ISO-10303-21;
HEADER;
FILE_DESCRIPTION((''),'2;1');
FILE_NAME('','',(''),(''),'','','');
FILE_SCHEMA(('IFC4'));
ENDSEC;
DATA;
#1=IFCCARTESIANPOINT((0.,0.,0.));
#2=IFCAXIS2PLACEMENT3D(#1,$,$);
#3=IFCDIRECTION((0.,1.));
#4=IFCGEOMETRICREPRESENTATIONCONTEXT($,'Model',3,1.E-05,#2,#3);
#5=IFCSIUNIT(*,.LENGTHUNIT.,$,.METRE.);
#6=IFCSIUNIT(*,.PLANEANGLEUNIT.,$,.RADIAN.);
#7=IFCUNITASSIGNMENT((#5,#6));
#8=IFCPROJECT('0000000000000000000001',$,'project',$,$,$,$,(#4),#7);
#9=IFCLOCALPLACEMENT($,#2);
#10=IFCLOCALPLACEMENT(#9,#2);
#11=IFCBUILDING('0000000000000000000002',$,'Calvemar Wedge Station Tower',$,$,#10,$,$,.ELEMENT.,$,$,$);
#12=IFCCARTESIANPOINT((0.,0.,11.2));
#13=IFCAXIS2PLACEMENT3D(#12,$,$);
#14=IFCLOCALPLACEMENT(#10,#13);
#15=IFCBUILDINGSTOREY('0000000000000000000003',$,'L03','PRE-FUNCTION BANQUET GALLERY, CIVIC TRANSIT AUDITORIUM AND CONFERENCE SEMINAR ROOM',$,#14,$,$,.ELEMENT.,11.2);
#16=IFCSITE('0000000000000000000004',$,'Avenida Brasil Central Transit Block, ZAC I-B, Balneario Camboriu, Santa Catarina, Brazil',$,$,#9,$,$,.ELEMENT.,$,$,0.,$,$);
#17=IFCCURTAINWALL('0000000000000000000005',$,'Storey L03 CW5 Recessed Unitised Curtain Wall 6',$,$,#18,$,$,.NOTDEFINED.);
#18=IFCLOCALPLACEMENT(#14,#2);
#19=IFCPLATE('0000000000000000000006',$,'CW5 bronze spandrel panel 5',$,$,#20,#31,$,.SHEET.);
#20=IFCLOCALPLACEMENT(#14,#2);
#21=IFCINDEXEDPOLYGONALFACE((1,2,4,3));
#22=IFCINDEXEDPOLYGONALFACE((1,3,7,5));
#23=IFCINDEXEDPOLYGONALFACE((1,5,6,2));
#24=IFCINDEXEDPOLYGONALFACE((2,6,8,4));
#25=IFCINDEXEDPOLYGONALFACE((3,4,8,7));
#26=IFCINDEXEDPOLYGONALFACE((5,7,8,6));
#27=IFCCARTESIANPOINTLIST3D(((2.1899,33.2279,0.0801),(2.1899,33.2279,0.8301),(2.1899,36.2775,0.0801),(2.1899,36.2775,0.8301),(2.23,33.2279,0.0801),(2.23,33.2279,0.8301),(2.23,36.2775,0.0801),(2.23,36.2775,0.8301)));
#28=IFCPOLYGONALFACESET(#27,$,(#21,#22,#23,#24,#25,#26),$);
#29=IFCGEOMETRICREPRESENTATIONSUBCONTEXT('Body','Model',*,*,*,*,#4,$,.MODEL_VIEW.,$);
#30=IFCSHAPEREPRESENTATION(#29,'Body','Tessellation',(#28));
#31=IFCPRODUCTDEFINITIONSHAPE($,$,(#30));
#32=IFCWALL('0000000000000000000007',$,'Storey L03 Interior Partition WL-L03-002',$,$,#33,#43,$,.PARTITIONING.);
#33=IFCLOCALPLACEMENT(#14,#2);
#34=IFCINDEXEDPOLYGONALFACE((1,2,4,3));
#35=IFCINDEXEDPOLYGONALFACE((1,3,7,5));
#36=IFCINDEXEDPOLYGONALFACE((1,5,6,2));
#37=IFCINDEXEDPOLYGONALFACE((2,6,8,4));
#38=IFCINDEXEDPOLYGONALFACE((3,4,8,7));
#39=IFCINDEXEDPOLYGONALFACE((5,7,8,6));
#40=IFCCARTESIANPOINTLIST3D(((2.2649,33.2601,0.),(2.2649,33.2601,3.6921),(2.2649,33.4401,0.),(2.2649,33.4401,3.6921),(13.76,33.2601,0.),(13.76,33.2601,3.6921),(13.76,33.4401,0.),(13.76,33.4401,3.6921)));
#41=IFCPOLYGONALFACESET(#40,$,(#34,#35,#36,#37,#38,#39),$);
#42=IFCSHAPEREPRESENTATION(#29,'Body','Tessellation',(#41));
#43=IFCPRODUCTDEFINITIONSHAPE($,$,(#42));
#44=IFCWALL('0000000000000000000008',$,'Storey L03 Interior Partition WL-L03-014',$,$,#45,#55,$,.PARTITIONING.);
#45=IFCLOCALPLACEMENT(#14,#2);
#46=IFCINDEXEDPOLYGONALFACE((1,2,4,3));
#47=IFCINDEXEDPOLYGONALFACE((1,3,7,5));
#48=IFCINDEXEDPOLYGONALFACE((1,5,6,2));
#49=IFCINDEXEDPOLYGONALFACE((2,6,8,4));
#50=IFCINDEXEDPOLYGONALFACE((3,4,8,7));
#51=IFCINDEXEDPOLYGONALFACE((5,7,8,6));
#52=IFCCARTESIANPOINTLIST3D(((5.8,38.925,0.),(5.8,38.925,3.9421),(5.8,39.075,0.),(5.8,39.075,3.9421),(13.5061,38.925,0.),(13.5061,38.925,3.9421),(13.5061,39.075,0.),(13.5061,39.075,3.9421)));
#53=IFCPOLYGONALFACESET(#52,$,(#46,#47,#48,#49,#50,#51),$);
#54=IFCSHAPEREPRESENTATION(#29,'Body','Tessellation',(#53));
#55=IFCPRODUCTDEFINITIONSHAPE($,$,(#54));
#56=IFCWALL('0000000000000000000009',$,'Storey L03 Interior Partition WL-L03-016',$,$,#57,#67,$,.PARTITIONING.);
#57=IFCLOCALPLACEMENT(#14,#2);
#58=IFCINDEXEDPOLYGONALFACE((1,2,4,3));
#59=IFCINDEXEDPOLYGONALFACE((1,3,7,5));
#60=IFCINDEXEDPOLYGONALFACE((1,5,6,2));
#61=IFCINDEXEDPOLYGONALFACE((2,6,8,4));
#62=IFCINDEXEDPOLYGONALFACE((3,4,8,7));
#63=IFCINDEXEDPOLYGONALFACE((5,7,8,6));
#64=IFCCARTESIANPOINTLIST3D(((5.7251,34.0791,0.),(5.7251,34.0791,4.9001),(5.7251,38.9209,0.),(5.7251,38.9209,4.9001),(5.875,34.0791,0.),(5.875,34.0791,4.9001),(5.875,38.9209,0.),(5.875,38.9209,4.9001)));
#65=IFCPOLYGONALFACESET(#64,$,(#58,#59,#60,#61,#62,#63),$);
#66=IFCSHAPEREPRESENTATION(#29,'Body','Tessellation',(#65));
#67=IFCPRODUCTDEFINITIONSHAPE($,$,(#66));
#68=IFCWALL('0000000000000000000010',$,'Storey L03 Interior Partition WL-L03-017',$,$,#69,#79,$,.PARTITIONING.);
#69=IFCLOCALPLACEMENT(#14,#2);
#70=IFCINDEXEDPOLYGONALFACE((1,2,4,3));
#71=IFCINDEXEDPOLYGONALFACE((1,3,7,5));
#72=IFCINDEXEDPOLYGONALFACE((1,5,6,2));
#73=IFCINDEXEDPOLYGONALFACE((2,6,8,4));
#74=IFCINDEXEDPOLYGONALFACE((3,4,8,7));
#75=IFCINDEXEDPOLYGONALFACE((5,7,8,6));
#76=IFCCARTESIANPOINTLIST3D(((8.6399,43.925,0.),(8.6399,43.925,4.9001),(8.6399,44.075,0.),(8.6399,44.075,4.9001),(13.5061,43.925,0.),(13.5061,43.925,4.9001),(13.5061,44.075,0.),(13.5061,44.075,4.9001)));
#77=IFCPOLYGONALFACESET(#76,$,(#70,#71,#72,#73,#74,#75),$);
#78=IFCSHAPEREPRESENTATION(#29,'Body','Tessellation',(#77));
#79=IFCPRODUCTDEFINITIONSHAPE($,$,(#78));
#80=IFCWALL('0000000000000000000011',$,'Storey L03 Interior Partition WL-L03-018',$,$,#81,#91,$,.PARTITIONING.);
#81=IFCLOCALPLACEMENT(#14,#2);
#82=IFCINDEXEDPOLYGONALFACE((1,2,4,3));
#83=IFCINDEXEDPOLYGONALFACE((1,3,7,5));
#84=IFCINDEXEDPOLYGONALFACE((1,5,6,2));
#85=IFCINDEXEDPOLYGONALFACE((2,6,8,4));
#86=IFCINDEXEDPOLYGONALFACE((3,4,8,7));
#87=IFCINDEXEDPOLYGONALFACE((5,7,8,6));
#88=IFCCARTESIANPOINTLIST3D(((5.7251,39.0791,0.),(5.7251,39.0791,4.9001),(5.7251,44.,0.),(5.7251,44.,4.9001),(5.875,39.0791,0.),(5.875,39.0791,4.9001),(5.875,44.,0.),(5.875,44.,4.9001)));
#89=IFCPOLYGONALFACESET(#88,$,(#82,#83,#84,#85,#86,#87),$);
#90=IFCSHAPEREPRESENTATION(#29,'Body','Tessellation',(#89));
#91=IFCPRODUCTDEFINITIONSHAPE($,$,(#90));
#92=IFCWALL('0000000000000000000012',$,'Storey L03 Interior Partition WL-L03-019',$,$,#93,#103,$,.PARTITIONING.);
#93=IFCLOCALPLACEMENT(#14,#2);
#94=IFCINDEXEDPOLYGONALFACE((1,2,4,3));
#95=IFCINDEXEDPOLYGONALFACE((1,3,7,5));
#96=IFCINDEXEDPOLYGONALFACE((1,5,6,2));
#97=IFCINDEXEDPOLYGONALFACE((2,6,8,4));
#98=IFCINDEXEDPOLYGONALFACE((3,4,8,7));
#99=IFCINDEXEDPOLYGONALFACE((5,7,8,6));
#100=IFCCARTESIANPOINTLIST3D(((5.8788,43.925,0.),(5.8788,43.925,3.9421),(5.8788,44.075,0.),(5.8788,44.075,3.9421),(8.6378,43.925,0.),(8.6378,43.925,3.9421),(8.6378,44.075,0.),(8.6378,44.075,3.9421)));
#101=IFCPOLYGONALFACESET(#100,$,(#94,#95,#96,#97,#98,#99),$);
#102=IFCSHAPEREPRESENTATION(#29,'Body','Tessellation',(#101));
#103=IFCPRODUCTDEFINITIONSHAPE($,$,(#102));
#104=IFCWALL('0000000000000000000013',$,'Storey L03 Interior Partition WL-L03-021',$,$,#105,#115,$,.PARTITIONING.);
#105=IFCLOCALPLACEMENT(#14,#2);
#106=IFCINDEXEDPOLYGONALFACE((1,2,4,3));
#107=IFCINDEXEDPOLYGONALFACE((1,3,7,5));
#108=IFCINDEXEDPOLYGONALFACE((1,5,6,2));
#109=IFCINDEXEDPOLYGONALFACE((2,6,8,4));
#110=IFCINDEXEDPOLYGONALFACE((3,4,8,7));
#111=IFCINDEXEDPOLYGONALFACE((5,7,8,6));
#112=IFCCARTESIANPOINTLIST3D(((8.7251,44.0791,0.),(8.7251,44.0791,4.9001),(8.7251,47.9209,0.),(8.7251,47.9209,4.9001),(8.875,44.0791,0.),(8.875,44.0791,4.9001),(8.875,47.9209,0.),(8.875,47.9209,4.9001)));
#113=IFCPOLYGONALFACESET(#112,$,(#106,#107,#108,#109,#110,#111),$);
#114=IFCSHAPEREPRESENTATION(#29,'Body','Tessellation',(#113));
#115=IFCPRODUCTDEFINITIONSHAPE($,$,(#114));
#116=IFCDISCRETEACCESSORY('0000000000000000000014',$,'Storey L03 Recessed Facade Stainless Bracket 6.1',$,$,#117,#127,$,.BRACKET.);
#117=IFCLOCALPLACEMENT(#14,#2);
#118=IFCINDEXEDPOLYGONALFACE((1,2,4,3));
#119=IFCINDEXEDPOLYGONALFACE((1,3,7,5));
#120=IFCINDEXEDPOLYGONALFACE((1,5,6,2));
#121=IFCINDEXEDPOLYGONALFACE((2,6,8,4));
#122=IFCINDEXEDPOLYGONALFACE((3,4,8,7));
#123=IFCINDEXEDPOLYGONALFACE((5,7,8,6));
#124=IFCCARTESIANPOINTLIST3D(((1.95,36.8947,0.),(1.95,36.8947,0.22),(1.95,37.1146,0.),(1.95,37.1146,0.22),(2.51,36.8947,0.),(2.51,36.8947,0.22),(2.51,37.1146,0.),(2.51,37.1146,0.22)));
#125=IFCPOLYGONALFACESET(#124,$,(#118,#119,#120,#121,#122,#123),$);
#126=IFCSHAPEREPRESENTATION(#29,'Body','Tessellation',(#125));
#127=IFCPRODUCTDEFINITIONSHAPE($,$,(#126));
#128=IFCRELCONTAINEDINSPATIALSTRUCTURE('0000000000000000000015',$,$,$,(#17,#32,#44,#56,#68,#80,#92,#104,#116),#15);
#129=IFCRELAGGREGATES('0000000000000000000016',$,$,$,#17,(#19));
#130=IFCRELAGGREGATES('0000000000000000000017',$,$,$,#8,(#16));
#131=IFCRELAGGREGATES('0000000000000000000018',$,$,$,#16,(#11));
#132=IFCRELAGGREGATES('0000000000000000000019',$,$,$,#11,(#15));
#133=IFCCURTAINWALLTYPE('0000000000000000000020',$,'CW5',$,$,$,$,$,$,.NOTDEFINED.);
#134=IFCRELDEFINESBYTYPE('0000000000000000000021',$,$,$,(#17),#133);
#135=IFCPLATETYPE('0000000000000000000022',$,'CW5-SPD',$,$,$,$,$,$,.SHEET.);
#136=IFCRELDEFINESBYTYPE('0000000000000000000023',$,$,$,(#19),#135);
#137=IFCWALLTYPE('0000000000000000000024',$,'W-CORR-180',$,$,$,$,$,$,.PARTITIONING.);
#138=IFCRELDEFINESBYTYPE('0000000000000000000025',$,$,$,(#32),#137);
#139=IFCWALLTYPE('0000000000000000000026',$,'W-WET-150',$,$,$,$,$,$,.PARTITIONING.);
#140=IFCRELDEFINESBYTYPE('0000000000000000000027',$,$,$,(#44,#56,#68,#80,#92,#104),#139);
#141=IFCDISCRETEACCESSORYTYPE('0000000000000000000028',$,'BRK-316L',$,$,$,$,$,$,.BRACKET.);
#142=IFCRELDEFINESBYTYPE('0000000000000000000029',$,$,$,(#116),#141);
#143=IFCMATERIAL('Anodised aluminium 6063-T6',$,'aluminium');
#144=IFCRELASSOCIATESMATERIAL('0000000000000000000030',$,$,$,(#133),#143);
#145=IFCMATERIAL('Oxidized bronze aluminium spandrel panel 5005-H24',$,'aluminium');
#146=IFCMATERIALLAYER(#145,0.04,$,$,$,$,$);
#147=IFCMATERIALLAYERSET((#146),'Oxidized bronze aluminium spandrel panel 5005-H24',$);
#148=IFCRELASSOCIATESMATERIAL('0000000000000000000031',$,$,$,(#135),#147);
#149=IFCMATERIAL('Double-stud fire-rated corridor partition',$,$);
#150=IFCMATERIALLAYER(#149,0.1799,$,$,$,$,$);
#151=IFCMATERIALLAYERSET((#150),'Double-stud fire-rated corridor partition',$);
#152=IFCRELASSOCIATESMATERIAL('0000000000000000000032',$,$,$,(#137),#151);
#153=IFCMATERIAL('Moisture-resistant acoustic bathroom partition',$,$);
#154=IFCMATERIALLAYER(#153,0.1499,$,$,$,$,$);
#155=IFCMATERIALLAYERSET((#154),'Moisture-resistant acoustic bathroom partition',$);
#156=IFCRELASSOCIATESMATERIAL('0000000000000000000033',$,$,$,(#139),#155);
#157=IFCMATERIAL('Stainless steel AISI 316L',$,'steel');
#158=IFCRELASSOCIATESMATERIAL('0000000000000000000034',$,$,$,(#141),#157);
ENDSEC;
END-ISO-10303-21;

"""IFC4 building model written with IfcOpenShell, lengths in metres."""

from ifc_helpers import new_model, si_unit, direction, frame, frame_2d, origin, origin_2d, place, context, subcontext, project, spatial, rectangle, extrude, source, transform, mapped, material, layer, layer_set, type_object, element, aggregate, save


model = new_model("IFC4")

# Units and contexts
model_context = context("Model", 3, precision=1e-05, world=origin(), true_north=direction((0.0, 1.0)))
body_context = subcontext(model_context, "Body", "Model", "MODEL_VIEW")
ifc_project = project(units=[si_unit("LENGTHUNIT", "METRE"), si_unit("PLANEANGLEUNIT", "RADIAN")], contexts=[model_context])

# Site, building, storey
site_placement = place(None, origin())
site = spatial("IfcSite", under=ifc_project, at=site_placement, Name="Avenida Brasil Central Transit Block, ZAC I-B, Balneario Camboriu, Santa Catarina, Brazil", CompositionType="ELEMENT", RefElevation=0.0)
building_placement = place(site_placement, origin())
building = spatial("IfcBuilding", under=site, at=building_placement, Name="Calvemar Wedge Station Tower", CompositionType="ELEMENT")
storey_placement = place(building_placement, frame((0.0, 0.0, 11.2)))
storey = spatial("IfcBuildingStorey", under=building, at=storey_placement, Name="L03", Description="PRE-FUNCTION BANQUET GALLERY, CIVIC TRANSIT AUDITORIUM AND CONFERENCE SEMINAR ROOM", CompositionType="ELEMENT", Elevation=11.2)

# Curtain wall, plate
ifc_material_1 = material(Name="Anodised aluminium 6063-T6", Category="aluminium")
curtain_wall_type = type_object("IfcCurtainWallType", Name="CW5", PredefinedType="NOTDEFINED", material=ifc_material_1)
curtain_wall_placement = place(storey_placement, origin())
curtain_wall = element("IfcCurtainWall", 1, at=curtain_wall_placement, inside=storey, type_object=curtain_wall_type, Name="Storey L03 CW5 Recessed Unitised Curtain Wall 6", PredefinedType="NOTDEFINED")
ifc_material_2 = material(Name="Oxidized bronze aluminium spandrel panel 5005-H24", Category="aluminium")
ifc_layer_1 = layer(ifc_material_2, 0.04)
ifc_layer_set_1 = layer_set([ifc_layer_1], Name="Oxidized bronze aluminium spandrel panel 5005-H24")
plate_type_1 = type_object("IfcPlateType", Name="CW5-SPD", PredefinedType="SHEET", material=ifc_layer_set_1)
plate_1_placement = place(storey_placement, frame((2.21, 36.2776, 0.0801), z_axis=(0.0, 0.0, 1.0), x_axis=(0.0, -1.0, 0.0)))
plate_1 = element("IfcPlate", 2, at=plate_1_placement, type_object=plate_type_1, Name="CW5 bronze spandrel panel 5", PredefinedType="SHEET", context=body_context, shape_type="SweptSolid", body=[
    extrude(rectangle(XDim=3.0496, YDim=0.04, at=frame_2d((1.5249, 0.0))), origin(), (0.0, 0.0, 1.0), 0.75),
])
aggregate(curtain_wall, [plate_1])

# Walls
ifc_material_3 = material(Name="Double-stud fire-rated corridor partition")
ifc_layer_2 = layer(ifc_material_3, 0.1799)
ifc_layer_set_2 = layer_set([ifc_layer_2], Name="Double-stud fire-rated corridor partition")
wall_type_1 = type_object("IfcWallType", Name="W-CORR-180", PredefinedType="PARTITIONING", material=ifc_layer_set_2)
wall_1_placement = place(storey_placement, frame((2.2649, 33.3501, 0.0), z_axis=(0.0, 0.0, 1.0), x_axis=(1.0, 0.0, 0.0)))
element("IfcWall", 3, at=wall_1_placement, inside=storey, type_object=wall_type_1, Name="Storey L03 Interior Partition WL-L03-002", PredefinedType="PARTITIONING", context=body_context, shape_type="SweptSolid", body=[
    extrude(rectangle(XDim=11.4951, YDim=0.1799, at=frame_2d((5.7476, 0.0))), origin(), (0.0, 0.0, 1.0), 3.6921),
])
ifc_material_4 = material(Name="Moisture-resistant acoustic bathroom partition")
ifc_layer_3 = layer(ifc_material_4, 0.1499)
ifc_layer_set_3 = layer_set([ifc_layer_3], Name="Moisture-resistant acoustic bathroom partition")
wall_type_2 = type_object("IfcWallType", Name="W-WET-150", PredefinedType="PARTITIONING", material=ifc_layer_set_3)
wall_2_placement = place(storey_placement, frame((5.8, 39.0, 0.0), z_axis=(0.0, 0.0, 1.0), x_axis=(1.0, 0.0, 0.0)))
element("IfcWall", 4, at=wall_2_placement, inside=storey, type_object=wall_type_2, Name="Storey L03 Interior Partition WL-L03-014", PredefinedType="PARTITIONING", context=body_context, shape_type="SweptSolid", body=[
    extrude(rectangle(XDim=7.7061, YDim=0.1499, at=frame_2d((3.853, 0.0))), origin(), (0.0, 0.0, 1.0), 3.9421),
])
wall_3_placement = place(storey_placement, frame((5.8, 34.0791, 0.0), z_axis=(0.0, 0.0, 1.0), x_axis=(0.0, 1.0, 0.0)))
element("IfcWall", 5, at=wall_3_placement, inside=storey, type_object=wall_type_2, Name="Storey L03 Interior Partition WL-L03-016", PredefinedType="PARTITIONING", context=body_context, shape_type="SweptSolid", body=[
    extrude(rectangle(XDim=4.8418, YDim=0.1499, at=frame_2d((2.4209, 0.0))), origin(), (0.0, 0.0, 1.0), 4.9001),
])
wall_4_placement = place(storey_placement, frame((8.6399, 44.0, 0.0), z_axis=(0.0, 0.0, 1.0), x_axis=(1.0, 0.0, 0.0)))
element("IfcWall", 6, at=wall_4_placement, inside=storey, type_object=wall_type_2, Name="Storey L03 Interior Partition WL-L03-017", PredefinedType="PARTITIONING", context=body_context, shape_type="SweptSolid", body=[
    extrude(rectangle(XDim=4.8662, YDim=0.1499, at=frame_2d((2.4331, 0.0))), origin(), (0.0, 0.0, 1.0), 4.9001),
])
wall_5_placement = place(storey_placement, frame((5.8, 39.0791, 0.0), z_axis=(0.0, 0.0, 1.0), x_axis=(0.0, 1.0, 0.0)))
element("IfcWall", 7, at=wall_5_placement, inside=storey, type_object=wall_type_2, Name="Storey L03 Interior Partition WL-L03-018", PredefinedType="PARTITIONING", context=body_context, shape_type="SweptSolid", body=[
    extrude(rectangle(XDim=4.9209, YDim=0.1499, at=frame_2d((2.4604, 0.0))), origin(), (0.0, 0.0, 1.0), 4.9001),
])
wall_6_placement = place(storey_placement, frame((5.8789, 44.0, 0.0), z_axis=(0.0, 0.0, 1.0), x_axis=(1.0, 0.0, 0.0)))
element("IfcWall", 8, at=wall_6_placement, inside=storey, type_object=wall_type_2, Name="Storey L03 Interior Partition WL-L03-019", PredefinedType="PARTITIONING", context=body_context, shape_type="SweptSolid", body=[
    extrude(rectangle(XDim=2.759, YDim=0.1499, at=frame_2d((1.3794, 0.0))), origin(), (0.0, 0.0, 1.0), 3.9421),
])
wall_7_placement = place(storey_placement, frame((8.8, 44.0791, 0.0), z_axis=(0.0, 0.0, 1.0), x_axis=(0.0, 1.0, 0.0)))
element("IfcWall", 9, at=wall_7_placement, inside=storey, type_object=wall_type_2, Name="Storey L03 Interior Partition WL-L03-021", PredefinedType="PARTITIONING", context=body_context, shape_type="SweptSolid", body=[
    extrude(rectangle(XDim=3.8418, YDim=0.1499, at=frame_2d((1.9209, 0.0))), origin(), (0.0, 0.0, 1.0), 4.9001),
])

# Discrete accessory
ifc_material_5 = material(Name="Stainless steel AISI 316L", Category="steel")
discrete_accessory_type = type_object("IfcDiscreteAccessoryType", Name="BRK-316L", PredefinedType="BRACKET", material=ifc_material_5)
shared_shape_1 = source(origin(), body_context, "Body", "SweptSolid", [
    extrude(rectangle(XDim=0.22, YDim=0.5601, at=origin_2d()), origin(), (0.0, 0.0, 1.0), 0.22),
])
discrete_accessory_placement = place(storey_placement, frame((2.23, 37.0046, 0.0), z_axis=(0.0, 0.0, 1.0), x_axis=(0.0, -1.0, 0.0)))
element("IfcDiscreteAccessory", 10, at=discrete_accessory_placement, inside=storey, type_object=discrete_accessory_type, Name="Storey L03 Recessed Facade Stainless Bracket 6.1", PredefinedType="BRACKET", context=body_context, shape_type="MappedRepresentation", body=[
    mapped(shared_shape_1, transform((0.0, 0.0, 0.0), scale=1.0)),
])

save(model, "model.ifc")
